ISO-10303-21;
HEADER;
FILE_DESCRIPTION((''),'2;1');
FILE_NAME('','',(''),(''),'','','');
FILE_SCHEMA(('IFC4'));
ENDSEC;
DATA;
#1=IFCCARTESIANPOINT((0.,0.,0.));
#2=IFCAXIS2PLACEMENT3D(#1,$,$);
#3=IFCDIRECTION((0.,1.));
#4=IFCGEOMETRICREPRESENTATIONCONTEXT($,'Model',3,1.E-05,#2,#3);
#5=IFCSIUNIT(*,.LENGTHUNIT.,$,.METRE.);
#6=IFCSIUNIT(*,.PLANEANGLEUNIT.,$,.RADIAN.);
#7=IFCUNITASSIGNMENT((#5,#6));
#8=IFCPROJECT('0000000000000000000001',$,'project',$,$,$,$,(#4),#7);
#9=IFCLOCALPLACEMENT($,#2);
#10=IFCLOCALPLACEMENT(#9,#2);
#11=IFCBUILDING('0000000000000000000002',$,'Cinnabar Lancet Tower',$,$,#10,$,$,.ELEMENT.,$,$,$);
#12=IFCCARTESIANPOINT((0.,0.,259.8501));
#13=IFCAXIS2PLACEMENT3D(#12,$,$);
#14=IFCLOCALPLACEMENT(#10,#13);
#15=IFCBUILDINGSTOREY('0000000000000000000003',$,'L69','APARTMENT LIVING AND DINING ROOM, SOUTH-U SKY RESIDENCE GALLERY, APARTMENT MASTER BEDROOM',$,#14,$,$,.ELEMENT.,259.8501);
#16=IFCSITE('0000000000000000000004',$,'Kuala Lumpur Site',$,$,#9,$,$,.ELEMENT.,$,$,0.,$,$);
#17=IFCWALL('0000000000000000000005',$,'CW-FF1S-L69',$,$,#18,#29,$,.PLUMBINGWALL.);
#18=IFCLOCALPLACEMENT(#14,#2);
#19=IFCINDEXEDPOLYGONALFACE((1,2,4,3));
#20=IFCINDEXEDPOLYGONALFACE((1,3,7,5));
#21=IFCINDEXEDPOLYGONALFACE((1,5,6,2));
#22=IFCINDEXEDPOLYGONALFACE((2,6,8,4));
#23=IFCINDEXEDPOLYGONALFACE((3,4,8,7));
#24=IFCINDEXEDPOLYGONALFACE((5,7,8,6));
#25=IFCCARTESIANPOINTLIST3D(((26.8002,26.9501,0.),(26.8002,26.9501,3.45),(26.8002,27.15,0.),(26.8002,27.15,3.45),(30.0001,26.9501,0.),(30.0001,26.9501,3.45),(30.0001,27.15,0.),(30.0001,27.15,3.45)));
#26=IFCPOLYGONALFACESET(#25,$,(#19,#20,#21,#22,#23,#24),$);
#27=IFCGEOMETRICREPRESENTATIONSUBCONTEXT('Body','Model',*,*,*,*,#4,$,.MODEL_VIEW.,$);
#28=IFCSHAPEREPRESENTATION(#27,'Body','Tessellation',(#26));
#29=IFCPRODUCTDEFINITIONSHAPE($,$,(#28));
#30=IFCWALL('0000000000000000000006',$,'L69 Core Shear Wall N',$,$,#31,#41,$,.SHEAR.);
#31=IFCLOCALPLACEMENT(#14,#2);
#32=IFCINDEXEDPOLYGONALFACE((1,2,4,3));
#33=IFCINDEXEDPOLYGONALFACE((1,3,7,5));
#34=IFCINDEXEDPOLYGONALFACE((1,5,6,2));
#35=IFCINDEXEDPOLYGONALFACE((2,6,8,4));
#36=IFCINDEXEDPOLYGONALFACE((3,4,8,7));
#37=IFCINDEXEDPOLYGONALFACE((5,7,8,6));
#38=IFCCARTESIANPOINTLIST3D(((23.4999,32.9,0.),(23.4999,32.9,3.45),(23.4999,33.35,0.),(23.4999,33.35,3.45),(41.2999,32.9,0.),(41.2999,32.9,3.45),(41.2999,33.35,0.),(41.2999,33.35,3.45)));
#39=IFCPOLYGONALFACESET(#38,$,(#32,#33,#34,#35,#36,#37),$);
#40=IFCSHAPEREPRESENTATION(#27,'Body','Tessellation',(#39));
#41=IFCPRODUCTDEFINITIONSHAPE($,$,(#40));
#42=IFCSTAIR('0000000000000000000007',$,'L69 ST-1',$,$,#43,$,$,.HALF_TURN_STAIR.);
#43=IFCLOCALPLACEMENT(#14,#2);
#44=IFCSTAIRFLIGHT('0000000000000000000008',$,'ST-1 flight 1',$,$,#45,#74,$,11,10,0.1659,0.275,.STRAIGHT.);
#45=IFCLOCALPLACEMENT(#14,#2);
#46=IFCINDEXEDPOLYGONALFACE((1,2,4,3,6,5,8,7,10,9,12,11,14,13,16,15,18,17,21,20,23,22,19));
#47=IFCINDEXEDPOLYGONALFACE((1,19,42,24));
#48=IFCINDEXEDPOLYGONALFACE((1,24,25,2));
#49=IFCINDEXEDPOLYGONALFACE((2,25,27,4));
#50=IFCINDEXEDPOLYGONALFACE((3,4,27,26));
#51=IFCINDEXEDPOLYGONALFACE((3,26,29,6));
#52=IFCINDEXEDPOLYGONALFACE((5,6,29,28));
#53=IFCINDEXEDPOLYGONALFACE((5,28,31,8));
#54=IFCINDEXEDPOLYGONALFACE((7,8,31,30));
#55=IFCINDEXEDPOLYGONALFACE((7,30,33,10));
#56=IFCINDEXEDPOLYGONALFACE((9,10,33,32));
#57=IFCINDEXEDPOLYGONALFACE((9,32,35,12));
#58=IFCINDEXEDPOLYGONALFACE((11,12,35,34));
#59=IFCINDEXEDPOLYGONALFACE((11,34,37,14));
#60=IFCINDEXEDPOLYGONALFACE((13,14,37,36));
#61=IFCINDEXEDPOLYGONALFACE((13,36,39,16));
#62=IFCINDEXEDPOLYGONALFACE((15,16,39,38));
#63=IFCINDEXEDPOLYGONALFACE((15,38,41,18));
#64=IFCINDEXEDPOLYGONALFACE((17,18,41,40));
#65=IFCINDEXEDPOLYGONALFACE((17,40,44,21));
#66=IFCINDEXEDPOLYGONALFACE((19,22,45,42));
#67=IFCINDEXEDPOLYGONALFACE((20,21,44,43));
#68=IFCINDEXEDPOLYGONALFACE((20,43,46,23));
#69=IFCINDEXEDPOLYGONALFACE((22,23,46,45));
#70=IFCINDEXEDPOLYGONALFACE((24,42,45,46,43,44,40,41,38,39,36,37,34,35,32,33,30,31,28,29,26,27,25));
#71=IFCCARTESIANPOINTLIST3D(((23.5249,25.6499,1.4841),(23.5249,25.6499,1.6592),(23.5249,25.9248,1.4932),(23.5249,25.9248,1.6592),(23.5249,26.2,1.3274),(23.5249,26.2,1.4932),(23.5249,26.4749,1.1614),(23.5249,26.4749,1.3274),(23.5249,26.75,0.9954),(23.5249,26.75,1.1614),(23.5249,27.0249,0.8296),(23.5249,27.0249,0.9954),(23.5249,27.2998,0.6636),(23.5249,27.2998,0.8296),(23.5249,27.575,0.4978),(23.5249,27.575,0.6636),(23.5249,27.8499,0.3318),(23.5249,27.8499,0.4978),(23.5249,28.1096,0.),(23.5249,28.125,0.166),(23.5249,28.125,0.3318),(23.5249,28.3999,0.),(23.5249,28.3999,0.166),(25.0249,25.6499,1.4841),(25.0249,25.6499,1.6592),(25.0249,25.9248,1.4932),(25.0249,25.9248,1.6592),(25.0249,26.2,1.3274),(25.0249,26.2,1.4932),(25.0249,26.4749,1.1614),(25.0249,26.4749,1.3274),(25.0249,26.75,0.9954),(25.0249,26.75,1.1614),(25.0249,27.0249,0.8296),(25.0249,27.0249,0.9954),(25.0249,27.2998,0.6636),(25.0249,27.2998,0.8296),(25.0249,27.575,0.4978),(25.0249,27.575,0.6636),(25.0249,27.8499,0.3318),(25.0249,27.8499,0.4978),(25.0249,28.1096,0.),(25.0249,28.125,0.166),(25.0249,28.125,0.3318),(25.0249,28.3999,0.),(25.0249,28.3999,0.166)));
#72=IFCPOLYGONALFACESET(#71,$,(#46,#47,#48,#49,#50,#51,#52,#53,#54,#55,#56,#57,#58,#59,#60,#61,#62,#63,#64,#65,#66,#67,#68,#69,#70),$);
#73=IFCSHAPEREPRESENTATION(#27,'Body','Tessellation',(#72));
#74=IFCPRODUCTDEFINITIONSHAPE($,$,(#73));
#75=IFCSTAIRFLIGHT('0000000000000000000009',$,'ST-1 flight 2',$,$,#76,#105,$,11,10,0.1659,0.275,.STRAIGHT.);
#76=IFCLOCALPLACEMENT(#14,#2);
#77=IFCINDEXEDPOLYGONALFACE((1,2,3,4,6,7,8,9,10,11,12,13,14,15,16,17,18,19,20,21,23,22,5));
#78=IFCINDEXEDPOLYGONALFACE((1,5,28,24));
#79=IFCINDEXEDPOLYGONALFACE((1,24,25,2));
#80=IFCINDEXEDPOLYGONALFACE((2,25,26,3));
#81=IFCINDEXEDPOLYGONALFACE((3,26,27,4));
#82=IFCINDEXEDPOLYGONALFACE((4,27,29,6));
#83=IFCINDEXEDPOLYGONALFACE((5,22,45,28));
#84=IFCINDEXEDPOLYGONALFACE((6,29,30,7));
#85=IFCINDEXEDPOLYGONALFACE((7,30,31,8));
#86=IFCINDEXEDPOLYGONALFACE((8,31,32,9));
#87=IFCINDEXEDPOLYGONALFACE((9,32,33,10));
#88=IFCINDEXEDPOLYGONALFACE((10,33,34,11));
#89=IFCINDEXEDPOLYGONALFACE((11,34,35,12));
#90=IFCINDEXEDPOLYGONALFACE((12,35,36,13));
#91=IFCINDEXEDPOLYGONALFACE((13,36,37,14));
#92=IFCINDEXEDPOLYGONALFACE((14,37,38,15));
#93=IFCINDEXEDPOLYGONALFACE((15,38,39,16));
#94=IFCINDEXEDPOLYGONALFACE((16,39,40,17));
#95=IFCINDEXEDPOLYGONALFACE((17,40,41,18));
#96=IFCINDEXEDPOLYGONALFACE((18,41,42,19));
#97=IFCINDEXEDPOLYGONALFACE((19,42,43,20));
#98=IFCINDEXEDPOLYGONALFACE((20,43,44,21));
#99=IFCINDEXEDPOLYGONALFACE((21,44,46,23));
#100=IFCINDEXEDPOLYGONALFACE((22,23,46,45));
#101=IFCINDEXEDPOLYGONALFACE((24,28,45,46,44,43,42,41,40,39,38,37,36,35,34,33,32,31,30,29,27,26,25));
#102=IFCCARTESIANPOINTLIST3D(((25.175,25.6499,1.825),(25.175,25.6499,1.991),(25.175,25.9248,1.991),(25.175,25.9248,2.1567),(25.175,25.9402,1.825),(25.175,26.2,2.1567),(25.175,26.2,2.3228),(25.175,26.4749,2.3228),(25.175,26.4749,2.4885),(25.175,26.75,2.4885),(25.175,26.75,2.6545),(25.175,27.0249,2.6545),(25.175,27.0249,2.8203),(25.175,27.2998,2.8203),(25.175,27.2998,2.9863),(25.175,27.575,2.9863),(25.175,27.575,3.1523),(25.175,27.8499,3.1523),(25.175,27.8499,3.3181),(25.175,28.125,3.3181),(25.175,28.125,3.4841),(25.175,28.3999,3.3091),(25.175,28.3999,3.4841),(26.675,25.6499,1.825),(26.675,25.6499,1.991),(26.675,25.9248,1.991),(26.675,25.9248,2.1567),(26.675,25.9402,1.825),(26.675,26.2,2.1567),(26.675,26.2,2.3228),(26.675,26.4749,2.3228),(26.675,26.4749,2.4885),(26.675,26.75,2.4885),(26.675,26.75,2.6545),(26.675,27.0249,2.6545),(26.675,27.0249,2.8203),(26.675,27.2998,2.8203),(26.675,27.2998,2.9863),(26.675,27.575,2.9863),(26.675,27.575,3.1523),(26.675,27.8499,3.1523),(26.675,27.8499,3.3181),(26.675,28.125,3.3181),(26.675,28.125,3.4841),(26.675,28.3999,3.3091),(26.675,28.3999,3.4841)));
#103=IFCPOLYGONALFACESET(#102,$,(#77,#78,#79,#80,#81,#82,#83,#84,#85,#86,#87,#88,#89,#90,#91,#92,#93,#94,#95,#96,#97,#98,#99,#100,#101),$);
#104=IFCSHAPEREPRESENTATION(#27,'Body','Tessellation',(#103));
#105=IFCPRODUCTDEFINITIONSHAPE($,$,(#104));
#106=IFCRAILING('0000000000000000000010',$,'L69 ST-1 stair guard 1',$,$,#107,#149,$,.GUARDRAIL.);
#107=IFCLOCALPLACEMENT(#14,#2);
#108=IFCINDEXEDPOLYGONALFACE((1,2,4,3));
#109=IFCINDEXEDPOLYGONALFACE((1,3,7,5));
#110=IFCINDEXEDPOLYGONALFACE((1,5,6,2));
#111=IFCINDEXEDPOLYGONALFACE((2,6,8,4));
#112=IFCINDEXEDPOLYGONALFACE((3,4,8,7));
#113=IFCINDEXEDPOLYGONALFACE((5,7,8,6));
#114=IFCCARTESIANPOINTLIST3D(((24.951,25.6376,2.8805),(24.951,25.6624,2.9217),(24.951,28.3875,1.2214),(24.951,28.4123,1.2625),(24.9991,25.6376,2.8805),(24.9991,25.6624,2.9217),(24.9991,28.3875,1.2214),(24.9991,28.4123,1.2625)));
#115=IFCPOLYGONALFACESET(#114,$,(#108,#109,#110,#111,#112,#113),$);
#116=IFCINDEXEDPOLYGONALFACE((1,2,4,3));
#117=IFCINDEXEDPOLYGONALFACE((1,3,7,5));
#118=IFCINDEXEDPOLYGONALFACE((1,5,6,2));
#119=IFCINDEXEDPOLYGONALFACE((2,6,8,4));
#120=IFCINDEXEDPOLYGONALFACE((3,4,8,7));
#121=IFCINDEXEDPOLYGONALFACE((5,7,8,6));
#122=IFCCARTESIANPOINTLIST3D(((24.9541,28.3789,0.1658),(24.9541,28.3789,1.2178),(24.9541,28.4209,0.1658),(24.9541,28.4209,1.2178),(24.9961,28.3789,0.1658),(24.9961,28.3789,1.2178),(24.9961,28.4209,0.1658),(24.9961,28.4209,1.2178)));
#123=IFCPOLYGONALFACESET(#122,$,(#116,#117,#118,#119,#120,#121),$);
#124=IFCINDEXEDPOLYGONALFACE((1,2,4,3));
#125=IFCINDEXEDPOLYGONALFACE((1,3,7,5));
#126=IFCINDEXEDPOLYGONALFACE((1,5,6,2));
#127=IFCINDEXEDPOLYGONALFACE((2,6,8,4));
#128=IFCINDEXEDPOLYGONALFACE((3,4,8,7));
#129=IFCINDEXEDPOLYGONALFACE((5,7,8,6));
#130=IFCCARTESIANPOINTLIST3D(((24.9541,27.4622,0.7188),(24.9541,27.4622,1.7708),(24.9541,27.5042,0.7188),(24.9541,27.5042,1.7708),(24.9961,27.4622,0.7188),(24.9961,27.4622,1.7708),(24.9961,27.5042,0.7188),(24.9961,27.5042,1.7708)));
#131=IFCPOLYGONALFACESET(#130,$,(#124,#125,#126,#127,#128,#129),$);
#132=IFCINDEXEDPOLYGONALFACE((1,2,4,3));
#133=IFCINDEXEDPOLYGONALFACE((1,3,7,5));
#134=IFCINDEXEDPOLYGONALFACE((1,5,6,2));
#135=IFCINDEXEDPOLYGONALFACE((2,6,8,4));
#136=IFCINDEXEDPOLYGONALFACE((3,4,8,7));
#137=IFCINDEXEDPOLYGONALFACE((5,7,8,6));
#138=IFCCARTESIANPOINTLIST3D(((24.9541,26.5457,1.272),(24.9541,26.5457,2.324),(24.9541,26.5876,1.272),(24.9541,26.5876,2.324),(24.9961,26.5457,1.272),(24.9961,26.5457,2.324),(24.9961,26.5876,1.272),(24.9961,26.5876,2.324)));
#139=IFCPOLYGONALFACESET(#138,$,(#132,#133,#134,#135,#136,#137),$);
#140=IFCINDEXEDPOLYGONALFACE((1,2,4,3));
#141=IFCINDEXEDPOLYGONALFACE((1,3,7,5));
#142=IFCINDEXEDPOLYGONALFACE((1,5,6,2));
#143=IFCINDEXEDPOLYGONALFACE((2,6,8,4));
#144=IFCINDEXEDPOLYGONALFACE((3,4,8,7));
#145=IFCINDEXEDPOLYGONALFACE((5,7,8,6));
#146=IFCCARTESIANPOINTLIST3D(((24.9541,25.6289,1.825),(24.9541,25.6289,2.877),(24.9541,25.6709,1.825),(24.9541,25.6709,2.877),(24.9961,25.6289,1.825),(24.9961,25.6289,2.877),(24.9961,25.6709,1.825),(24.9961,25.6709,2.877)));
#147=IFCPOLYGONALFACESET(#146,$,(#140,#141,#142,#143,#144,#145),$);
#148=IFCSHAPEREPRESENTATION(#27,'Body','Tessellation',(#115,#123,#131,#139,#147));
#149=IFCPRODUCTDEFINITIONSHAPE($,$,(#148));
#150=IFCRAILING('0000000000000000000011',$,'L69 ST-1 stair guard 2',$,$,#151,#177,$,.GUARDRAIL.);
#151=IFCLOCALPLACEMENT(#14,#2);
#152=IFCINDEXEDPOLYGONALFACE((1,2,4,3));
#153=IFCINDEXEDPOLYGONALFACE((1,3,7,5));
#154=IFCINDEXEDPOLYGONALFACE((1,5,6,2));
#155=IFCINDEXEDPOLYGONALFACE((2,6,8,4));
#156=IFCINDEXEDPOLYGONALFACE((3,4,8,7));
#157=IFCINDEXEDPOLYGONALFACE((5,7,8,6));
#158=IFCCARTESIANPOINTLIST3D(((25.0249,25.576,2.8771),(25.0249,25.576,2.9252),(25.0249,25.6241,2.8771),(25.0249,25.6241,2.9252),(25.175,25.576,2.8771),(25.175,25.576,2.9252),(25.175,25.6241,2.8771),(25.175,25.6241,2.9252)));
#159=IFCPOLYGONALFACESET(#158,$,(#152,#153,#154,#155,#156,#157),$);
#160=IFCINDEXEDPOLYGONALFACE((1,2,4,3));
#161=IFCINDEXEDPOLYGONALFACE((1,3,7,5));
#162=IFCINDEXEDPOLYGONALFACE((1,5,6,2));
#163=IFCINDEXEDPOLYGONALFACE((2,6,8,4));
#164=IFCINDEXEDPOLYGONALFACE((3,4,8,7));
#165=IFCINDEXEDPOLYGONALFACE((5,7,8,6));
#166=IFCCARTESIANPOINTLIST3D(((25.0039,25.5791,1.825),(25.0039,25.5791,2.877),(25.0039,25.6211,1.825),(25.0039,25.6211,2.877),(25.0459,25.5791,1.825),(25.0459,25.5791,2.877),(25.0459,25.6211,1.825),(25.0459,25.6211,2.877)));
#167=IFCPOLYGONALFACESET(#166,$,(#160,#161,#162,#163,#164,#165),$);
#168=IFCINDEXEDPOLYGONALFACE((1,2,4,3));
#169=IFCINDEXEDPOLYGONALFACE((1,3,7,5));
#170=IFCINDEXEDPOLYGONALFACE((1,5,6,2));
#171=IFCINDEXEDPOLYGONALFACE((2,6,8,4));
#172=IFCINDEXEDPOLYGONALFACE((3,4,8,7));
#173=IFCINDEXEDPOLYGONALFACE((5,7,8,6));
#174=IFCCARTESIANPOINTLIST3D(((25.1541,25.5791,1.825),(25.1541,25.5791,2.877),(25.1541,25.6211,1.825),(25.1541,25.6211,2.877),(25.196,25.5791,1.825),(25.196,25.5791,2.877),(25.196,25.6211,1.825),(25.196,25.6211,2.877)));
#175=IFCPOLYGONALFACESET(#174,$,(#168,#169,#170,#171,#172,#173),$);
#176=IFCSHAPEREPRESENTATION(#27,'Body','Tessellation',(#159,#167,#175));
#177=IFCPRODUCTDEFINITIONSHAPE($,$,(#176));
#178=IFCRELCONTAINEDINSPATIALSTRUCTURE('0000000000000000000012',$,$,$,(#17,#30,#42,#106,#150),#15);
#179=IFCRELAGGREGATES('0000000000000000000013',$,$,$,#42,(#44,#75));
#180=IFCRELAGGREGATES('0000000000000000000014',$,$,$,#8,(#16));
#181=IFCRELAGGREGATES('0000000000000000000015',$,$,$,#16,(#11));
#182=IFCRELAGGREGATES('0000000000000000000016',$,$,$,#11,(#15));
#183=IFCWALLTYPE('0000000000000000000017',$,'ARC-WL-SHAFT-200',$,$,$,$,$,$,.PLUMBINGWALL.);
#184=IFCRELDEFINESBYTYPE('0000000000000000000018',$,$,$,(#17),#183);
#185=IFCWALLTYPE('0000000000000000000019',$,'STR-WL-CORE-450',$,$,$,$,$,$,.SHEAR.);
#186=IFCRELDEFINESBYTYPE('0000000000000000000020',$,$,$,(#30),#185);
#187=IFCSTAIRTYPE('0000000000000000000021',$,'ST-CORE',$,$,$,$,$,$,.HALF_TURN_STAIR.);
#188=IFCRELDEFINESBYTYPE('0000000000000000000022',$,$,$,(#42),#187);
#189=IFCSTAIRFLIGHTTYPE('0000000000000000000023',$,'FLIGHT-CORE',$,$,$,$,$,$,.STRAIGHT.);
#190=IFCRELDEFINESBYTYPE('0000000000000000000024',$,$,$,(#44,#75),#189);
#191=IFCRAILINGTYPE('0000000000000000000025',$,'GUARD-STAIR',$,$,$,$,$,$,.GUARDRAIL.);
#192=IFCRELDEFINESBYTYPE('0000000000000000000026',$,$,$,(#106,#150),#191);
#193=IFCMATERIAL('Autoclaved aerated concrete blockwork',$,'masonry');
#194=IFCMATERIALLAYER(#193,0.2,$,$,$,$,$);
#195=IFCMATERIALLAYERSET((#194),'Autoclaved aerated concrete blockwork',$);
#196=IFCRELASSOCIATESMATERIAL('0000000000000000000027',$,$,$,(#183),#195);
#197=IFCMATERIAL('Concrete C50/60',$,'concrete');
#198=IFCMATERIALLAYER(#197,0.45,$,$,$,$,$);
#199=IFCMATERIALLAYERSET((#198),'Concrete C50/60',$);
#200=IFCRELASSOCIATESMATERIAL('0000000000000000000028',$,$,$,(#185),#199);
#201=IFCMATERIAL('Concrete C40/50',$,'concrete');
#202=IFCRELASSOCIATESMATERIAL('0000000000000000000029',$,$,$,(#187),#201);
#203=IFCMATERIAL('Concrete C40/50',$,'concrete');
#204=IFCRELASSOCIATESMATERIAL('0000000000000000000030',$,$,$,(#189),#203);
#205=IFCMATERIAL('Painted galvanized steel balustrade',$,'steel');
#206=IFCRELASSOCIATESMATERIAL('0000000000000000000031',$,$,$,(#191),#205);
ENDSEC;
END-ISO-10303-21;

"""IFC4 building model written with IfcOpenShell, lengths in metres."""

from ifc_helpers import new_model, si_unit, direction, frame, frame_2d, origin, origin_2d, place, context, subcontext, project, spatial, polyline, rectangle, outline, extrude, material, layer, layer_set, type_object, element, aggregate, save


model = new_model("IFC4")

# Units and contexts
model_context = context("Model", 3, precision=1e-05, world=origin(), true_north=direction((0.0, 1.0)))
body_context = subcontext(model_context, "Body", "Model", "MODEL_VIEW")
ifc_project = project(units=[si_unit("LENGTHUNIT", "METRE"), si_unit("PLANEANGLEUNIT", "RADIAN")], contexts=[model_context])

# Site, building, storey
site_placement = place(None, origin())
site = spatial("IfcSite", under=ifc_project, at=site_placement, Name="Kuala Lumpur Site", CompositionType="ELEMENT", RefElevation=0.0)
building_placement = place(site_placement, origin())
building = spatial("IfcBuilding", under=site, at=building_placement, Name="Cinnabar Lancet Tower", CompositionType="ELEMENT")
storey_placement = place(building_placement, frame((0.0, 0.0, 259.8501)))
storey = spatial("IfcBuildingStorey", under=building, at=storey_placement, Name="L69", Description="APARTMENT LIVING AND DINING ROOM, SOUTH-U SKY RESIDENCE GALLERY, APARTMENT MASTER BEDROOM", CompositionType="ELEMENT", Elevation=259.8501)

# Shared definitions
ifc_material_1 = material(Name="Autoclaved aerated concrete blockwork", Category="masonry")
ifc_layer_1 = layer(ifc_material_1, 0.2)
ifc_layer_set_1 = layer_set([ifc_layer_1], Name="Autoclaved aerated concrete blockwork")
wall_type_1 = type_object("IfcWallType", Name="ARC-WL-SHAFT-200", PredefinedType="PLUMBINGWALL", material=ifc_layer_set_1)

# Walls
wall_1_placement = place(storey_placement, frame((26.8, 27.05, 0.0), z_axis=(0.0, 0.0, 1.0), x_axis=(1.0, 0.0, 0.0)))
element("IfcWall", 1, at=wall_1_placement, inside=storey, type_object=wall_type_1, Name="CW-FF1S-L69", PredefinedType="PLUMBINGWALL", context=body_context, shape_type="SweptSolid", body=[
    extrude(rectangle(XDim=3.2, YDim=0.2, at=frame_2d((1.6001, 0.0))), origin(), (0.0, 0.0, 1.0), 3.45),
])
ifc_material_2 = material(Name="Concrete C50/60", Category="concrete")
ifc_layer_2 = layer(ifc_material_2, 0.45)
ifc_layer_set_2 = layer_set([ifc_layer_2], Name="Concrete C50/60")
wall_type_2 = type_object("IfcWallType", Name="STR-WL-CORE-450", PredefinedType="SHEAR", material=ifc_layer_set_2)
wall_2_placement = place(storey_placement, frame((23.5, 33.125, 0.0), z_axis=(0.0, 0.0, 1.0), x_axis=(1.0, 0.0, 0.0)))
element("IfcWall", 2, at=wall_2_placement, inside=storey, type_object=wall_type_2, Name="L69 Core Shear Wall N", PredefinedType="SHEAR", context=body_context, shape_type="SweptSolid", body=[
    extrude(rectangle(XDim=17.8, YDim=0.45, at=frame_2d((8.8999, 0.0))), origin(), (0.0, 0.0, 1.0), 3.45),
])

# Stair, stair flights
ifc_material_3 = material(Name="Concrete C40/50", Category="concrete")
stair_type = type_object("IfcStairType", Name="ST-CORE", PredefinedType="HALF_TURN_STAIR", material=ifc_material_3)
stair_placement = place(storey_placement, origin())
stair = element("IfcStair", 3, at=stair_placement, inside=storey, type_object=stair_type, Name="L69 ST-1", PredefinedType="HALF_TURN_STAIR")
ifc_material_4 = material(Name="Concrete C40/50", Category="concrete")
stair_flight_type = type_object("IfcStairFlightType", Name="FLIGHT-CORE", PredefinedType="STRAIGHT", material=ifc_material_4)
stair_flight_1_placement = place(storey_placement, frame((24.2749, 28.3999, 0.0), z_axis=(0.0, 0.0, 1.0), x_axis=(0.0, -1.0, 0.0)))
stair_flight_1 = element("IfcStairFlight", 4, at=stair_flight_1_placement, type_object=stair_flight_type, Name="ST-1 flight 1", NumberOfRisers=11, NumberOfTreads=10, PredefinedType="STRAIGHT", RiserHeight=0.1659, TreadLength=0.275, context=body_context, shape_type="SweptSolid", body=[
    extrude(outline(polyline([(0.0, 0.0), (0.0, 0.166), (0.2749, 0.166), (0.2749, 0.3318), (0.55, 0.3318), (0.55, 0.4978), (0.825, 0.4978), (0.825, 0.6636), (1.1001, 0.6636), (1.1001, 0.8296), (1.375, 0.8296), (1.375, 0.9954), (1.6499, 0.9954), (1.6499, 1.1614), (1.925, 1.1614), (1.925, 1.3274), (2.2, 1.3274), (2.2, 1.4932), (2.4751, 1.4932), (2.4751, 1.6592), (2.75, 1.6592), (2.75, 1.825), (2.75, 1.4841), (0.2903, 0.0), (0.0, 0.0)])), frame((0.0, 0.75, 0.0), z_axis=(0.0, -1.0, 0.0), x_axis=(1.0, 0.0, 0.0)), (0.0, 0.0, 1.0), 1.5),
])
stair_flight_2_placement = place(storey_placement, frame((25.925, 25.6499, 1.825), z_axis=(0.0, 0.0, 1.0), x_axis=(0.0, 1.0, 0.0)))
stair_flight_2 = element("IfcStairFlight", 5, at=stair_flight_2_placement, type_object=stair_flight_type, Name="ST-1 flight 2", NumberOfRisers=11, NumberOfTreads=10, PredefinedType="STRAIGHT", RiserHeight=0.1659, TreadLength=0.275, context=body_context, shape_type="SweptSolid", body=[
    extrude(outline(polyline([(0.0, 0.0), (0.0, 0.166), (0.2749, 0.166), (0.2749, 0.3318), (0.55, 0.3318), (0.55, 0.4978), (0.825, 0.4978), (0.825, 0.6636), (1.1001, 0.6636), (1.1001, 0.8296), (1.375, 0.8296), (1.375, 0.9954), (1.6499, 0.9954), (1.6499, 1.1614), (1.925, 1.1614), (1.925, 1.3274), (2.2, 1.3274), (2.2, 1.4932), (2.4751, 1.4932), (2.4751, 1.6592), (2.75, 1.6592), (2.75, 1.825), (2.75, 1.4841), (0.2903, 0.0), (0.0, 0.0)])), frame((0.0, 0.75, 0.0), z_axis=(0.0, -1.0, 0.0), x_axis=(1.0, 0.0, 0.0)), (0.0, 0.0, 1.0), 1.5),
])
aggregate(stair, [stair_flight_1, stair_flight_2])

# Railings
ifc_material_5 = material(Name="Painted galvanized steel balustrade", Category="steel")
railing_type_1 = type_object("IfcRailingType", Name="GUARD-STAIR", PredefinedType="GUARDRAIL", material=ifc_material_5)
railing_1_placement = place(storey_placement, frame((24.9751, 28.3999, 0.1658)))
element("IfcRailing", 6, at=railing_1_placement, inside=storey, type_object=railing_type_1, Name="L69 ST-1 stair guard 1", PredefinedType="GUARDRAIL", context=body_context, shape_type="SweptSolid", body=[
    extrude(rectangle(XDim=0.0481, YDim=0.0481, at=origin_2d()), frame((0.0, 0.0, 1.0762), z_axis=(0.0, -0.856229, 0.516596), x_axis=(1.0, 0.0, 0.0)), (0.0, 0.0, 1.0), 3.2117),
    extrude(rectangle(XDim=0.042, YDim=0.042, at=origin_2d()), origin(), (0.0, 0.0, 1.0), 1.052),
    extrude(rectangle(XDim=0.042, YDim=0.042, at=origin_2d()), frame((0.0, -0.9167, 0.553)), (0.0, 0.0, 1.0), 1.052),
    extrude(rectangle(XDim=0.042, YDim=0.042, at=origin_2d()), frame((0.0, -1.8333, 1.1062)), (0.0, 0.0, 1.0), 1.052),
    extrude(rectangle(XDim=0.042, YDim=0.042, at=origin_2d()), frame((0.0, -2.75, 1.6592)), (0.0, 0.0, 1.0), 1.052),
])
railing_2_placement = place(storey_placement, frame((25.0249, 25.6001, 1.825)))
element("IfcRailing", 7, at=railing_2_placement, inside=storey, type_object=railing_type_1, Name="L69 ST-1 stair guard 2", PredefinedType="GUARDRAIL", context=body_context, shape_type="SweptSolid", body=[
    extrude(rectangle(XDim=0.0481, YDim=0.0481, at=origin_2d()), frame((0.0, 0.0, 1.0762), z_axis=(1.0, 0.0, 0.0), x_axis=(0.0, 1.0, 0.0)), (0.0, 0.0, 1.0), 0.1501),
    extrude(rectangle(XDim=0.042, YDim=0.042, at=origin_2d()), origin(), (0.0, 0.0, 1.0), 1.052),
    extrude(rectangle(XDim=0.042, YDim=0.042, at=origin_2d()), frame((0.1501, 0.0, 0.0)), (0.0, 0.0, 1.0), 1.052),
])

save(model, "model.ifc")
